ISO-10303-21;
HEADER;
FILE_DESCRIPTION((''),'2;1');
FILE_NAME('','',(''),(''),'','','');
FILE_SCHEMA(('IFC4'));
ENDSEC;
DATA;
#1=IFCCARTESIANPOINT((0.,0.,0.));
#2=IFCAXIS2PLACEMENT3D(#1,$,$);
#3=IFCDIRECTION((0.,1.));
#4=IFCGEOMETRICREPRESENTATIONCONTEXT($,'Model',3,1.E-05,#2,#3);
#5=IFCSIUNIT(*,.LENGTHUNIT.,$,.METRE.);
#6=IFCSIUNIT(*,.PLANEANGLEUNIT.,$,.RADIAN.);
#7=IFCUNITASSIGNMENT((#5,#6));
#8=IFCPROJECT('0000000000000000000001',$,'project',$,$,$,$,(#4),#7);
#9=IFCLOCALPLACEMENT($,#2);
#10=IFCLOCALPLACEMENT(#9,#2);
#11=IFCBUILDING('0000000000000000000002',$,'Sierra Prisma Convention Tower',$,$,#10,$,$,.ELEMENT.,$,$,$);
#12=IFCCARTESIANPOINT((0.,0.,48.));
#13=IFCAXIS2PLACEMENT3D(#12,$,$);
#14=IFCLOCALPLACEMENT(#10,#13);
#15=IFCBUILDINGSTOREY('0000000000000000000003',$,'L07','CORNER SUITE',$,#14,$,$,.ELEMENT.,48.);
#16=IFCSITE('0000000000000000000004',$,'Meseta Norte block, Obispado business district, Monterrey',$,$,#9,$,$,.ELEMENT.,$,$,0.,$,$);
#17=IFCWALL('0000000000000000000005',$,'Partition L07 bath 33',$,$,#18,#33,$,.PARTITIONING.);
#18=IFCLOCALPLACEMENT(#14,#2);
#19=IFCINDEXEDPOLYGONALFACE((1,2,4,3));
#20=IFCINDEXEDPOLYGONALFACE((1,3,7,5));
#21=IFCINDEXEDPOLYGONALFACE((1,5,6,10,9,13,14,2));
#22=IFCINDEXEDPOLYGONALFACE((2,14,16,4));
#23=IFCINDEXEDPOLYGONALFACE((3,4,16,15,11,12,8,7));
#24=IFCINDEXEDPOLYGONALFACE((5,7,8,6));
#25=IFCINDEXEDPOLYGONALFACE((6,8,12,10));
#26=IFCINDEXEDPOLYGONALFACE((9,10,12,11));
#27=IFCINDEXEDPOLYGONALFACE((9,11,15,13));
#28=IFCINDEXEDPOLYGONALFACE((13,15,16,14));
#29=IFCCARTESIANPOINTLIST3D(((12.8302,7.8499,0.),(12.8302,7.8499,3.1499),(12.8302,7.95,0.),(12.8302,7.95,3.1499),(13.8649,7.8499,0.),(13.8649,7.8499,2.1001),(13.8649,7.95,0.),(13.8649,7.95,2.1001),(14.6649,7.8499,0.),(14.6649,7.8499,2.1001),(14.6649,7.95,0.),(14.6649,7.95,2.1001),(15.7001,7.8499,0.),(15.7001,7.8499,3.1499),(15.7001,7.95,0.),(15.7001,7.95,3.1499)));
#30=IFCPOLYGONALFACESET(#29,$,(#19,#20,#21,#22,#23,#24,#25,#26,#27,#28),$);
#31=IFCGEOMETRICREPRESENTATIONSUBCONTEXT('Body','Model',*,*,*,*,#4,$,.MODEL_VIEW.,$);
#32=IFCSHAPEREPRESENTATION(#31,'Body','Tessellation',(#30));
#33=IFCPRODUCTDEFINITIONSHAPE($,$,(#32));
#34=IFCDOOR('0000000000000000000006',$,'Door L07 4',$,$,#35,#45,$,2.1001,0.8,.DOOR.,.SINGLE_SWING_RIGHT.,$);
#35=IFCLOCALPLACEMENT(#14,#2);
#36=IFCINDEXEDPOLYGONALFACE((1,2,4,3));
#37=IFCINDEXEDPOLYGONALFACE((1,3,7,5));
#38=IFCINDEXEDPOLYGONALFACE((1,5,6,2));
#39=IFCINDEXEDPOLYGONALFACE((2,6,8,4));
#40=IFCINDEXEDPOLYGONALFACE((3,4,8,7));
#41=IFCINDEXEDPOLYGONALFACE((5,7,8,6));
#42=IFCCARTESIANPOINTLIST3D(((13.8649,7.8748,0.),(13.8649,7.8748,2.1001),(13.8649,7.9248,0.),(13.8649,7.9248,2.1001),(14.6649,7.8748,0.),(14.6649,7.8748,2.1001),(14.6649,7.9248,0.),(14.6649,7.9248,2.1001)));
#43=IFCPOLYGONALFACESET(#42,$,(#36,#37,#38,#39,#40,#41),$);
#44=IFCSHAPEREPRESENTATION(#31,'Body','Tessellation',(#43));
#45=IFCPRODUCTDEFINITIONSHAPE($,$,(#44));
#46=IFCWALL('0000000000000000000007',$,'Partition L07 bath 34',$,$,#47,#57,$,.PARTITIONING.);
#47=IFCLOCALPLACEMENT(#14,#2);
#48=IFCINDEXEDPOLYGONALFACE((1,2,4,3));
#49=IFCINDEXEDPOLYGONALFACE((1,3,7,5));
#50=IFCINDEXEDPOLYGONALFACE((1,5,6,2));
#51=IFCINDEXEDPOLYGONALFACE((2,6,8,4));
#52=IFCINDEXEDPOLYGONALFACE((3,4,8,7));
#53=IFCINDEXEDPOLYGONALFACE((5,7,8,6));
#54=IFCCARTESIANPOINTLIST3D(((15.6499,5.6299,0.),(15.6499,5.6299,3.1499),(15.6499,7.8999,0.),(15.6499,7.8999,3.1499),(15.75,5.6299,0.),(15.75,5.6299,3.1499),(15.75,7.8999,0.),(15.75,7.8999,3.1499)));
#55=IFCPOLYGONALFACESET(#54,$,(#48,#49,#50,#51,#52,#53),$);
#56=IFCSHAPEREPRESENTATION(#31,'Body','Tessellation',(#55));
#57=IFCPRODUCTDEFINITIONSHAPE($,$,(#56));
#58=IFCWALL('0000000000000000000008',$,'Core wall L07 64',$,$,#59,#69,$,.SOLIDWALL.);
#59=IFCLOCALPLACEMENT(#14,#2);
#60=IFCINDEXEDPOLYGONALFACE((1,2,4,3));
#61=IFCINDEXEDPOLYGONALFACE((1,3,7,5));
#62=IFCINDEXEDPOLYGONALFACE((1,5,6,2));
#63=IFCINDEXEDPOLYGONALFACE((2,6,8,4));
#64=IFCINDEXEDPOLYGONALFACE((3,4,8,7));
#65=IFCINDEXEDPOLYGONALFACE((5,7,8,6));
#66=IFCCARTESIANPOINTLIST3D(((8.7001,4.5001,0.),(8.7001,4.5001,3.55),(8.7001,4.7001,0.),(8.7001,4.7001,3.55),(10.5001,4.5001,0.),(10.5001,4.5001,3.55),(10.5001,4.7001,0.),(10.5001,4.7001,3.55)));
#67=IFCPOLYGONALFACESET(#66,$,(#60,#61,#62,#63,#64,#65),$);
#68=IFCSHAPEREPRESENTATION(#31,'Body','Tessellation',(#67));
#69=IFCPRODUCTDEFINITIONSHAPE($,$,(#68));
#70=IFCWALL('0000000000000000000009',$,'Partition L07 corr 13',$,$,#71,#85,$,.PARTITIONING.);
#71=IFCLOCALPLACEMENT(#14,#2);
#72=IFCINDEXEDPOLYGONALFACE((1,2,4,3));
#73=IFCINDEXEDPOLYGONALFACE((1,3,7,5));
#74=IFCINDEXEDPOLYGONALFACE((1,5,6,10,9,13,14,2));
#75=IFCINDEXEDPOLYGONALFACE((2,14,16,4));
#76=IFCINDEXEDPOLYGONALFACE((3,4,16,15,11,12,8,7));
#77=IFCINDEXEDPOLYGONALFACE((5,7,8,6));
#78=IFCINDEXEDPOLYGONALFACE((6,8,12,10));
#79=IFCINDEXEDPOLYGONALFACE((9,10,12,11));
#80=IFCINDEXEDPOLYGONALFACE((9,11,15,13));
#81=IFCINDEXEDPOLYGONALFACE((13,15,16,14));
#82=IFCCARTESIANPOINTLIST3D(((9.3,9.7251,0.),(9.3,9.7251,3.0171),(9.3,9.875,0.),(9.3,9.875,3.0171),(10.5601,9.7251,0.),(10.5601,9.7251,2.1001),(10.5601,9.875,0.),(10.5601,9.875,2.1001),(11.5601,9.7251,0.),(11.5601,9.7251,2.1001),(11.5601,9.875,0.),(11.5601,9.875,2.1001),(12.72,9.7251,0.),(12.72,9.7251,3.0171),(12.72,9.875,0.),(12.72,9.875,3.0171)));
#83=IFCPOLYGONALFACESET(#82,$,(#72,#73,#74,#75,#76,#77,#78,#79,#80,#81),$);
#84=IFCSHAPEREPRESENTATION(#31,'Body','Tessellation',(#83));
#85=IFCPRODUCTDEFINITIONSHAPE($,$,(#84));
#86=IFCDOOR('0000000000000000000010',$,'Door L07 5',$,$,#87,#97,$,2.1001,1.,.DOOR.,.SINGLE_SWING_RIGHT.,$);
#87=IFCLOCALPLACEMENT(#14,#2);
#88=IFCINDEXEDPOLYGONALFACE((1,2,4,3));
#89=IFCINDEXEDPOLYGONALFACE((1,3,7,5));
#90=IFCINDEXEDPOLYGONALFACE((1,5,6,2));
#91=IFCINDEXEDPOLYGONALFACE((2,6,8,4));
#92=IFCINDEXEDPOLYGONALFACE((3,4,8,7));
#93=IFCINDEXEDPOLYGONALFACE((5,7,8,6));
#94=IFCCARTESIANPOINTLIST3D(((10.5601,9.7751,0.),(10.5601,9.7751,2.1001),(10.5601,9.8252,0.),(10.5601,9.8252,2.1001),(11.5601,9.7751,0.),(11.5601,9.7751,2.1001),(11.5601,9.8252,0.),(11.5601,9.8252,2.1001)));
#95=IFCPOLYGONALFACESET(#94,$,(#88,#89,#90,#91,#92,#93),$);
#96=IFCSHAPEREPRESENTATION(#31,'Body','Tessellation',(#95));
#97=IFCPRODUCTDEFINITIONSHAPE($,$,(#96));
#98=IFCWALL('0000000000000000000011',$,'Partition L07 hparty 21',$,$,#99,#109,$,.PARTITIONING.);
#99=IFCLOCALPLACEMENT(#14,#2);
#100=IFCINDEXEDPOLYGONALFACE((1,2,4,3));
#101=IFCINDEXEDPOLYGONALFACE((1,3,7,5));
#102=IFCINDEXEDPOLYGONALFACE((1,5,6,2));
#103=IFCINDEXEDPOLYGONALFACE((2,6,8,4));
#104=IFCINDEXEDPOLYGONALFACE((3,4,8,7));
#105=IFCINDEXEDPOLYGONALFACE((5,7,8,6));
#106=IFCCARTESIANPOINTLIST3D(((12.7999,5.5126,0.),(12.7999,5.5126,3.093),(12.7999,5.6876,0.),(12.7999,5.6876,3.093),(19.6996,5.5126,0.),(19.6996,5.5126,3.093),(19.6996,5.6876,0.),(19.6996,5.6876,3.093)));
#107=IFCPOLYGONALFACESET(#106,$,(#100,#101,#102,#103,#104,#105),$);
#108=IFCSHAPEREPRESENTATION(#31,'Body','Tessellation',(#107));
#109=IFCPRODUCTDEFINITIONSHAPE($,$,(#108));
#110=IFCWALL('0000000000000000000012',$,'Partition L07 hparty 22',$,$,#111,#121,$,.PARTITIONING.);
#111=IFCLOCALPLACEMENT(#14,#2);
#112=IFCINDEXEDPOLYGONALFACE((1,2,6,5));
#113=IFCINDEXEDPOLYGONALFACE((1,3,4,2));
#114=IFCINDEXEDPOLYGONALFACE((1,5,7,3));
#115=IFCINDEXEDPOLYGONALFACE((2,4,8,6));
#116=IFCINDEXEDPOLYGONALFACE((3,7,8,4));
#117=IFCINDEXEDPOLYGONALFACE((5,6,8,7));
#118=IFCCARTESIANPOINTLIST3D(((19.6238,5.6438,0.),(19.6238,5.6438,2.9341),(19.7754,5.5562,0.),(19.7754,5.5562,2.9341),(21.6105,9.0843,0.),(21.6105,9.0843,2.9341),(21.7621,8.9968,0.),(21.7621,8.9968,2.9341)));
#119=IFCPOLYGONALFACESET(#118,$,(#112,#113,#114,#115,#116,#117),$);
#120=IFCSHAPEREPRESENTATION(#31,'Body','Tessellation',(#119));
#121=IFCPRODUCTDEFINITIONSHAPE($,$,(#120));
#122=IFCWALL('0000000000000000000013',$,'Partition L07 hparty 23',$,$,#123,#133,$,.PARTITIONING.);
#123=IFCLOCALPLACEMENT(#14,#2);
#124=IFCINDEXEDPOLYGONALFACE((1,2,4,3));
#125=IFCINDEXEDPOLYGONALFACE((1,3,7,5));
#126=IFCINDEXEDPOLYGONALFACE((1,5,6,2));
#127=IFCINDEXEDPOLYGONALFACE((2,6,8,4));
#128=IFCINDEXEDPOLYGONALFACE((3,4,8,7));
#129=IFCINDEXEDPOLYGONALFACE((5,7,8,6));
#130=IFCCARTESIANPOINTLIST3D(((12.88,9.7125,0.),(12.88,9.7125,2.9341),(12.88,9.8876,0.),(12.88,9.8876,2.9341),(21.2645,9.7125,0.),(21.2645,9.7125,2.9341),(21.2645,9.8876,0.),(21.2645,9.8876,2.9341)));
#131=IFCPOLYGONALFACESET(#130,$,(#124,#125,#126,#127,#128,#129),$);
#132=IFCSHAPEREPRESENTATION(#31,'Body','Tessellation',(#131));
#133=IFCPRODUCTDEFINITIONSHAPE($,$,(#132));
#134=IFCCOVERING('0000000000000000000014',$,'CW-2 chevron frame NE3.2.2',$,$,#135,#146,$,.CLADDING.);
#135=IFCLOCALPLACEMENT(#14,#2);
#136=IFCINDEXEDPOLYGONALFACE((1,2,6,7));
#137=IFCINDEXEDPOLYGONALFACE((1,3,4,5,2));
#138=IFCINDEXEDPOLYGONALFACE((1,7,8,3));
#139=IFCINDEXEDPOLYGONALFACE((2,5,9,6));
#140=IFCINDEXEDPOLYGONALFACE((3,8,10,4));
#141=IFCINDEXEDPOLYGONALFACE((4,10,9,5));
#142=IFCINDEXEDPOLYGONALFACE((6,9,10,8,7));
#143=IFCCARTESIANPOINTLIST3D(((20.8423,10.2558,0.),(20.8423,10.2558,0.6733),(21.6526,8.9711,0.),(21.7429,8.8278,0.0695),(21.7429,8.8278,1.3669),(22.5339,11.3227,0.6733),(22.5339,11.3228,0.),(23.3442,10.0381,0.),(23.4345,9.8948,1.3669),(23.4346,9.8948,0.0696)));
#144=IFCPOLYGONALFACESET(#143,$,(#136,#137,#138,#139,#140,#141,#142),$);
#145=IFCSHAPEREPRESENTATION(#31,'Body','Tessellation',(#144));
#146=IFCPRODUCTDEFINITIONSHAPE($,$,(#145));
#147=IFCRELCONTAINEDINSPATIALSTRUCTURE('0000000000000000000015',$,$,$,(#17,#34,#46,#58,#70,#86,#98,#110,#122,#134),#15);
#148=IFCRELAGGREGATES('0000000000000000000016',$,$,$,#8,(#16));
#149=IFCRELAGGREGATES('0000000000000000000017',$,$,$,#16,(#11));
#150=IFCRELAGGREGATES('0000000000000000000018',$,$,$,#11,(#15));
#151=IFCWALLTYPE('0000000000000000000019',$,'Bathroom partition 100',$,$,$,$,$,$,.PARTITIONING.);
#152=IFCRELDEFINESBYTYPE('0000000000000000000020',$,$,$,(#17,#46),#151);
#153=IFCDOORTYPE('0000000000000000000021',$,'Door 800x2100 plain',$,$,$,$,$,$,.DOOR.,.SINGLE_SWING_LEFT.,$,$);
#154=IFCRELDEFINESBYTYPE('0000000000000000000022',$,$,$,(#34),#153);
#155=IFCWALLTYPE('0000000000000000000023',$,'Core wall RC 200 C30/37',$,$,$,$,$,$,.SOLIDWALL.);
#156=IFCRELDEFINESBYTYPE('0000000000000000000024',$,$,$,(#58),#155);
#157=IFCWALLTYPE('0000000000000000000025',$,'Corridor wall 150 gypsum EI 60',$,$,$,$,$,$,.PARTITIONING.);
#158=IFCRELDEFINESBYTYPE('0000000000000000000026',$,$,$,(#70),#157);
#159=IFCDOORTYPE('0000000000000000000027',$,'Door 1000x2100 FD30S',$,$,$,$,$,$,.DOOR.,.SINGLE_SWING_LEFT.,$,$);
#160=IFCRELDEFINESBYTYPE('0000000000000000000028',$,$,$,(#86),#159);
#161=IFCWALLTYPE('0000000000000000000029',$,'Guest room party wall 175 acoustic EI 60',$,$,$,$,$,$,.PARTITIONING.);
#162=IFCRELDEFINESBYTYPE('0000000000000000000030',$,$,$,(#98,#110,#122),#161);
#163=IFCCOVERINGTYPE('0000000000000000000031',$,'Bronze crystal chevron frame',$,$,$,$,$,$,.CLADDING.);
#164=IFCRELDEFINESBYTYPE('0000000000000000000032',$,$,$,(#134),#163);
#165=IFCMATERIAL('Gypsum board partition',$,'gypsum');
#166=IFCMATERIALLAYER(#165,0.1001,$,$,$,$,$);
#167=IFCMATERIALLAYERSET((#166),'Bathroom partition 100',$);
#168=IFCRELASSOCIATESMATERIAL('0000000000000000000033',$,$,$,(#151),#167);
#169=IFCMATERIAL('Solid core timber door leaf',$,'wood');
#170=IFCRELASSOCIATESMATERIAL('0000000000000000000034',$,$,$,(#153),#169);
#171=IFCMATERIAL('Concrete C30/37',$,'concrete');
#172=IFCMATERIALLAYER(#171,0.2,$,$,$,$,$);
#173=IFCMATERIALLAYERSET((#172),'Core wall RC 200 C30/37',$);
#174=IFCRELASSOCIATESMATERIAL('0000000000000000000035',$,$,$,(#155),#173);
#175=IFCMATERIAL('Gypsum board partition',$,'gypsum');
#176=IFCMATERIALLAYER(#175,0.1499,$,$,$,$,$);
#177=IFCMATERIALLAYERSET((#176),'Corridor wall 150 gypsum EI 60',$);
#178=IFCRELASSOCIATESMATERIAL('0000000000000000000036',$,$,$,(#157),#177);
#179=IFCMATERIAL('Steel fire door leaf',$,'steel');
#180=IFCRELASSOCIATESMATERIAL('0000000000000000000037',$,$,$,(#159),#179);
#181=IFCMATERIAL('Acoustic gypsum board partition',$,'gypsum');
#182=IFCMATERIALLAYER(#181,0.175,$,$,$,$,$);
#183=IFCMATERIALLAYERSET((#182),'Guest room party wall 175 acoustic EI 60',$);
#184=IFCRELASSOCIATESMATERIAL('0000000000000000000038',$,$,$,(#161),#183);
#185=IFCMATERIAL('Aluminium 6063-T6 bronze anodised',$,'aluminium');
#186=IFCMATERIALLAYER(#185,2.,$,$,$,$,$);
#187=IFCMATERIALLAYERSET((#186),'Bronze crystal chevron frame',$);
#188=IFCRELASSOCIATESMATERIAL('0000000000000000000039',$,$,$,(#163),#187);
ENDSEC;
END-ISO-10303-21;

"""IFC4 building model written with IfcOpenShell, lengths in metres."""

from ifc_helpers import new_model, si_unit, direction, frame, frame_2d, origin, place, context, subcontext, project, spatial, polyline, rectangle, outline, extrude, material, layer, layer_set, type_object, element, fill, save


model = new_model("IFC4")

# Units and contexts
model_context = context("Model", 3, precision=1e-05, world=origin(), true_north=direction((0.0, 1.0)))
body_context = subcontext(model_context, "Body", "Model", "MODEL_VIEW")
ifc_project = project(units=[si_unit("LENGTHUNIT", "METRE"), si_unit("PLANEANGLEUNIT", "RADIAN")], contexts=[model_context])

# Site, building, storey
site_placement = place(None, origin())
site = spatial("IfcSite", under=ifc_project, at=site_placement, Name="Meseta Norte block, Obispado business district, Monterrey", CompositionType="ELEMENT", RefElevation=0.0)
building_placement = place(site_placement, origin())
building = spatial("IfcBuilding", under=site, at=building_placement, Name="Sierra Prisma Convention Tower", CompositionType="ELEMENT")
storey_placement = place(building_placement, frame((0.0, 0.0, 48.0)))
storey = spatial("IfcBuildingStorey", under=building, at=storey_placement, Name="L07", Description="CORNER SUITE", CompositionType="ELEMENT", Elevation=48.0)

# Wall, opening, door
ifc_material_1 = material(Name="Gypsum board partition", Category="gypsum")
ifc_layer_1 = layer(ifc_material_1, 0.1001)
ifc_layer_set_1 = layer_set([ifc_layer_1], Name="Bathroom partition 100")
wall_type_1 = type_object("IfcWallType", Name="Bathroom partition 100", PredefinedType="PARTITIONING", material=ifc_layer_set_1)
wall_1_placement = place(storey_placement, frame((12.8301, 7.8999, 0.0), z_axis=(0.0, 0.0, 1.0), x_axis=(1.0, 0.0, 0.0)))
wall_1 = element("IfcWall", 1, at=wall_1_placement, inside=storey, type_object=wall_type_1, Name="Partition L07 bath 33", PredefinedType="PARTITIONING", context=body_context, shape_type="SweptSolid", body=[
    extrude(rectangle(XDim=2.8699, YDim=0.1001, at=frame_2d((1.4351, 0.0))), origin(), (0.0, 0.0, 1.0), 3.1499),
])
opening_1_placement = place(wall_1_placement, frame((1.0349, 0.0, 0.0)))
opening_1 = element("IfcOpeningElement", 2, at=opening_1_placement, cuts=wall_1, PredefinedType="OPENING", context=body_context, shape_type="SweptSolid", body=[
    extrude(rectangle(XDim=0.8, YDim=2.1001, at=frame_2d((0.3999, 1.05))), frame((0.0, 0.05, 0.0), z_axis=(0.0, -1.0, 0.0), x_axis=(1.0, 0.0, 0.0)), (0.0, 0.0, 1.0), 0.1001),
])
ifc_material_2 = material(Name="Solid core timber door leaf", Category="wood")
door_type_1 = type_object("IfcDoorType", Name="Door 800x2100 plain", OperationType="SINGLE_SWING_LEFT", PredefinedType="DOOR", material=ifc_material_2)
door_1_placement = place(opening_1_placement, origin())
door_1 = element("IfcDoor", 3, at=door_1_placement, inside=storey, type_object=door_type_1, Name="Door L07 4", OperationType="SINGLE_SWING_RIGHT", OverallHeight=2.1001, OverallWidth=0.8, PredefinedType="DOOR", context=body_context, shape_type="SweptSolid", body=[
    extrude(rectangle(XDim=0.8, YDim=2.1001, at=frame_2d((0.3999, 1.05))), frame((0.0, 0.0249, 0.0), z_axis=(0.0, -1.0, 0.0), x_axis=(1.0, 0.0, 0.0)), (0.0, 0.0, 1.0), 0.05),
])
fill(opening_1, door_1)

# Walls
wall_2_placement = place(storey_placement, frame((15.7, 7.8999, 0.0), z_axis=(0.0, 0.0, 1.0), x_axis=(0.0, -1.0, 0.0)))
element("IfcWall", 4, at=wall_2_placement, inside=storey, type_object=wall_type_1, Name="Partition L07 bath 34", PredefinedType="PARTITIONING", context=body_context, shape_type="SweptSolid", body=[
    extrude(rectangle(XDim=2.27, YDim=0.1001, at=frame_2d((1.135, 0.0))), origin(), (0.0, 0.0, 1.0), 3.1499),
])
ifc_material_3 = material(Name="Concrete C30/37", Category="concrete")
ifc_layer_2 = layer(ifc_material_3, 0.2)
ifc_layer_set_2 = layer_set([ifc_layer_2], Name="Core wall RC 200 C30/37")
wall_type_2 = type_object("IfcWallType", Name="Core wall RC 200 C30/37", PredefinedType="SOLIDWALL", material=ifc_layer_set_2)
wall_3_placement = place(storey_placement, frame((10.5, 4.6001, 0.0), z_axis=(0.0, 0.0, 1.0), x_axis=(-1.0, 0.0, 0.0)))
element("IfcWall", 5, at=wall_3_placement, inside=storey, type_object=wall_type_2, Name="Core wall L07 64", PredefinedType="SOLIDWALL", context=body_context, shape_type="SweptSolid", body=[
    extrude(rectangle(XDim=1.8, YDim=0.2, at=frame_2d((0.8999, 0.0))), origin(), (0.0, 0.0, 1.0), 3.55),
])

# Wall, opening, door
ifc_material_4 = material(Name="Gypsum board partition", Category="gypsum")
ifc_layer_3 = layer(ifc_material_4, 0.1499)
ifc_layer_set_3 = layer_set([ifc_layer_3], Name="Corridor wall 150 gypsum EI 60")
wall_type_3 = type_object("IfcWallType", Name="Corridor wall 150 gypsum EI 60", PredefinedType="PARTITIONING", material=ifc_layer_set_3)
wall_4_placement = place(storey_placement, frame((12.72, 9.8, 0.0), z_axis=(0.0, 0.0, 1.0), x_axis=(-1.0, 0.0, 0.0)))
wall_4 = element("IfcWall", 6, at=wall_4_placement, inside=storey, type_object=wall_type_3, Name="Partition L07 corr 13", PredefinedType="PARTITIONING", context=body_context, shape_type="SweptSolid", body=[
    extrude(rectangle(XDim=3.4199, YDim=0.1499, at=frame_2d((1.71, 0.0))), origin(), (0.0, 0.0, 1.0), 3.0171),
])
opening_2_placement = place(wall_4_placement, frame((1.1599, 0.0, 0.0)))
opening_2 = element("IfcOpeningElement", 7, at=opening_2_placement, cuts=wall_4, PredefinedType="OPENING", context=body_context, shape_type="SweptSolid", body=[
    extrude(rectangle(XDim=1.0, YDim=2.1001, at=frame_2d((0.5, 1.05))), frame((0.0, 0.075, 0.0), z_axis=(0.0, -1.0, 0.0), x_axis=(1.0, 0.0, 0.0)), (0.0, 0.0, 1.0), 0.1499),
])
ifc_material_5 = material(Name="Steel fire door leaf", Category="steel")
door_type_2 = type_object("IfcDoorType", Name="Door 1000x2100 FD30S", OperationType="SINGLE_SWING_LEFT", PredefinedType="DOOR", material=ifc_material_5)
door_2_placement = place(opening_2_placement, origin())
door_2 = element("IfcDoor", 8, at=door_2_placement, inside=storey, type_object=door_type_2, Name="Door L07 5", OperationType="SINGLE_SWING_RIGHT", OverallHeight=2.1001, OverallWidth=1.0, PredefinedType="DOOR", context=body_context, shape_type="SweptSolid", body=[
    extrude(rectangle(XDim=1.0, YDim=2.1001, at=frame_2d((0.5, 1.05))), frame((0.0, 0.0249, 0.0), z_axis=(0.0, -1.0, 0.0), x_axis=(1.0, 0.0, 0.0)), (0.0, 0.0, 1.0), 0.05),
])
fill(opening_2, door_2)

# Walls
ifc_material_6 = material(Name="Acoustic gypsum board partition", Category="gypsum")
ifc_layer_4 = layer(ifc_material_6, 0.175)
ifc_layer_set_4 = layer_set([ifc_layer_4], Name="Guest room party wall 175 acoustic EI 60")
wall_type_4 = type_object("IfcWallType", Name="Guest room party wall 175 acoustic EI 60", PredefinedType="PARTITIONING", material=ifc_layer_set_4)
wall_5_placement = place(storey_placement, frame((12.8, 5.6001, 0.0), z_axis=(0.0, 0.0, 1.0), x_axis=(1.0, 0.0, 0.0)))
element("IfcWall", 9, at=wall_5_placement, inside=storey, type_object=wall_type_4, Name="Partition L07 hparty 21", PredefinedType="PARTITIONING", context=body_context, shape_type="SweptSolid", body=[
    extrude(rectangle(XDim=6.8997, YDim=0.175, at=frame_2d((3.4497, 0.0))), origin(), (0.0, 0.0, 1.0), 3.093),
])
wall_6_placement = place(storey_placement, frame((19.6997, 5.6001, 0.0), z_axis=(0.0, 0.0, 1.0), x_axis=(0.500045, 0.865999, 0.0)))
element("IfcWall", 10, at=wall_6_placement, inside=storey, type_object=wall_type_4, Name="Partition L07 hparty 22", PredefinedType="PARTITIONING", context=body_context, shape_type="SweptSolid", body=[
    extrude(rectangle(XDim=3.9729, YDim=0.175, at=frame_2d((1.9863, 0.0))), origin(), (0.0, 0.0, 1.0), 2.9341),
])
wall_7_placement = place(storey_placement, frame((12.8799, 9.8, 0.0), z_axis=(0.0, 0.0, 1.0), x_axis=(1.0, 0.0, 0.0)))
element("IfcWall", 11, at=wall_7_placement, inside=storey, type_object=wall_type_4, Name="Partition L07 hparty 23", PredefinedType="PARTITIONING", context=body_context, shape_type="SweptSolid", body=[
    extrude(rectangle(XDim=8.3845, YDim=0.175, at=frame_2d((4.1924, 0.0))), origin(), (0.0, 0.0, 1.0), 2.9341),
])

# Covering
ifc_material_7 = material(Name="Aluminium 6063-T6 bronze anodised", Category="aluminium")
ifc_layer_5 = layer(ifc_material_7, 2.0)
ifc_layer_set_5 = layer_set([ifc_layer_5], Name="Bronze crystal chevron frame")
covering_type = type_object("IfcCoveringType", Name="Bronze crystal chevron frame", PredefinedType="CLADDING", material=ifc_layer_set_5)
covering_placement = place(storey_placement, frame((23.4346, 9.8948, 0.0696), z_axis=(0.845822, 0.533466, 0.000023), x_axis=(-0.493456, 0.782401, -0.379935)))
element("IfcCovering", 12, at=covering_placement, inside=storey, type_object=covering_type, Name="CW-2 chevron frame NE3.2.2", PredefinedType="CLADDING", context=body_context, shape_type="SweptSolid", body=[
    extrude(outline(polyline([(0.0, 0.0), (0.1831, 0.0), (1.5881, 0.5771), (1.3323, 1.1999), (-0.4929, 1.2001), (0.0, 0.0)])), origin(), (0.0, 0.0, -1.0), 2.0),
])

save(model, "model.ifc")
